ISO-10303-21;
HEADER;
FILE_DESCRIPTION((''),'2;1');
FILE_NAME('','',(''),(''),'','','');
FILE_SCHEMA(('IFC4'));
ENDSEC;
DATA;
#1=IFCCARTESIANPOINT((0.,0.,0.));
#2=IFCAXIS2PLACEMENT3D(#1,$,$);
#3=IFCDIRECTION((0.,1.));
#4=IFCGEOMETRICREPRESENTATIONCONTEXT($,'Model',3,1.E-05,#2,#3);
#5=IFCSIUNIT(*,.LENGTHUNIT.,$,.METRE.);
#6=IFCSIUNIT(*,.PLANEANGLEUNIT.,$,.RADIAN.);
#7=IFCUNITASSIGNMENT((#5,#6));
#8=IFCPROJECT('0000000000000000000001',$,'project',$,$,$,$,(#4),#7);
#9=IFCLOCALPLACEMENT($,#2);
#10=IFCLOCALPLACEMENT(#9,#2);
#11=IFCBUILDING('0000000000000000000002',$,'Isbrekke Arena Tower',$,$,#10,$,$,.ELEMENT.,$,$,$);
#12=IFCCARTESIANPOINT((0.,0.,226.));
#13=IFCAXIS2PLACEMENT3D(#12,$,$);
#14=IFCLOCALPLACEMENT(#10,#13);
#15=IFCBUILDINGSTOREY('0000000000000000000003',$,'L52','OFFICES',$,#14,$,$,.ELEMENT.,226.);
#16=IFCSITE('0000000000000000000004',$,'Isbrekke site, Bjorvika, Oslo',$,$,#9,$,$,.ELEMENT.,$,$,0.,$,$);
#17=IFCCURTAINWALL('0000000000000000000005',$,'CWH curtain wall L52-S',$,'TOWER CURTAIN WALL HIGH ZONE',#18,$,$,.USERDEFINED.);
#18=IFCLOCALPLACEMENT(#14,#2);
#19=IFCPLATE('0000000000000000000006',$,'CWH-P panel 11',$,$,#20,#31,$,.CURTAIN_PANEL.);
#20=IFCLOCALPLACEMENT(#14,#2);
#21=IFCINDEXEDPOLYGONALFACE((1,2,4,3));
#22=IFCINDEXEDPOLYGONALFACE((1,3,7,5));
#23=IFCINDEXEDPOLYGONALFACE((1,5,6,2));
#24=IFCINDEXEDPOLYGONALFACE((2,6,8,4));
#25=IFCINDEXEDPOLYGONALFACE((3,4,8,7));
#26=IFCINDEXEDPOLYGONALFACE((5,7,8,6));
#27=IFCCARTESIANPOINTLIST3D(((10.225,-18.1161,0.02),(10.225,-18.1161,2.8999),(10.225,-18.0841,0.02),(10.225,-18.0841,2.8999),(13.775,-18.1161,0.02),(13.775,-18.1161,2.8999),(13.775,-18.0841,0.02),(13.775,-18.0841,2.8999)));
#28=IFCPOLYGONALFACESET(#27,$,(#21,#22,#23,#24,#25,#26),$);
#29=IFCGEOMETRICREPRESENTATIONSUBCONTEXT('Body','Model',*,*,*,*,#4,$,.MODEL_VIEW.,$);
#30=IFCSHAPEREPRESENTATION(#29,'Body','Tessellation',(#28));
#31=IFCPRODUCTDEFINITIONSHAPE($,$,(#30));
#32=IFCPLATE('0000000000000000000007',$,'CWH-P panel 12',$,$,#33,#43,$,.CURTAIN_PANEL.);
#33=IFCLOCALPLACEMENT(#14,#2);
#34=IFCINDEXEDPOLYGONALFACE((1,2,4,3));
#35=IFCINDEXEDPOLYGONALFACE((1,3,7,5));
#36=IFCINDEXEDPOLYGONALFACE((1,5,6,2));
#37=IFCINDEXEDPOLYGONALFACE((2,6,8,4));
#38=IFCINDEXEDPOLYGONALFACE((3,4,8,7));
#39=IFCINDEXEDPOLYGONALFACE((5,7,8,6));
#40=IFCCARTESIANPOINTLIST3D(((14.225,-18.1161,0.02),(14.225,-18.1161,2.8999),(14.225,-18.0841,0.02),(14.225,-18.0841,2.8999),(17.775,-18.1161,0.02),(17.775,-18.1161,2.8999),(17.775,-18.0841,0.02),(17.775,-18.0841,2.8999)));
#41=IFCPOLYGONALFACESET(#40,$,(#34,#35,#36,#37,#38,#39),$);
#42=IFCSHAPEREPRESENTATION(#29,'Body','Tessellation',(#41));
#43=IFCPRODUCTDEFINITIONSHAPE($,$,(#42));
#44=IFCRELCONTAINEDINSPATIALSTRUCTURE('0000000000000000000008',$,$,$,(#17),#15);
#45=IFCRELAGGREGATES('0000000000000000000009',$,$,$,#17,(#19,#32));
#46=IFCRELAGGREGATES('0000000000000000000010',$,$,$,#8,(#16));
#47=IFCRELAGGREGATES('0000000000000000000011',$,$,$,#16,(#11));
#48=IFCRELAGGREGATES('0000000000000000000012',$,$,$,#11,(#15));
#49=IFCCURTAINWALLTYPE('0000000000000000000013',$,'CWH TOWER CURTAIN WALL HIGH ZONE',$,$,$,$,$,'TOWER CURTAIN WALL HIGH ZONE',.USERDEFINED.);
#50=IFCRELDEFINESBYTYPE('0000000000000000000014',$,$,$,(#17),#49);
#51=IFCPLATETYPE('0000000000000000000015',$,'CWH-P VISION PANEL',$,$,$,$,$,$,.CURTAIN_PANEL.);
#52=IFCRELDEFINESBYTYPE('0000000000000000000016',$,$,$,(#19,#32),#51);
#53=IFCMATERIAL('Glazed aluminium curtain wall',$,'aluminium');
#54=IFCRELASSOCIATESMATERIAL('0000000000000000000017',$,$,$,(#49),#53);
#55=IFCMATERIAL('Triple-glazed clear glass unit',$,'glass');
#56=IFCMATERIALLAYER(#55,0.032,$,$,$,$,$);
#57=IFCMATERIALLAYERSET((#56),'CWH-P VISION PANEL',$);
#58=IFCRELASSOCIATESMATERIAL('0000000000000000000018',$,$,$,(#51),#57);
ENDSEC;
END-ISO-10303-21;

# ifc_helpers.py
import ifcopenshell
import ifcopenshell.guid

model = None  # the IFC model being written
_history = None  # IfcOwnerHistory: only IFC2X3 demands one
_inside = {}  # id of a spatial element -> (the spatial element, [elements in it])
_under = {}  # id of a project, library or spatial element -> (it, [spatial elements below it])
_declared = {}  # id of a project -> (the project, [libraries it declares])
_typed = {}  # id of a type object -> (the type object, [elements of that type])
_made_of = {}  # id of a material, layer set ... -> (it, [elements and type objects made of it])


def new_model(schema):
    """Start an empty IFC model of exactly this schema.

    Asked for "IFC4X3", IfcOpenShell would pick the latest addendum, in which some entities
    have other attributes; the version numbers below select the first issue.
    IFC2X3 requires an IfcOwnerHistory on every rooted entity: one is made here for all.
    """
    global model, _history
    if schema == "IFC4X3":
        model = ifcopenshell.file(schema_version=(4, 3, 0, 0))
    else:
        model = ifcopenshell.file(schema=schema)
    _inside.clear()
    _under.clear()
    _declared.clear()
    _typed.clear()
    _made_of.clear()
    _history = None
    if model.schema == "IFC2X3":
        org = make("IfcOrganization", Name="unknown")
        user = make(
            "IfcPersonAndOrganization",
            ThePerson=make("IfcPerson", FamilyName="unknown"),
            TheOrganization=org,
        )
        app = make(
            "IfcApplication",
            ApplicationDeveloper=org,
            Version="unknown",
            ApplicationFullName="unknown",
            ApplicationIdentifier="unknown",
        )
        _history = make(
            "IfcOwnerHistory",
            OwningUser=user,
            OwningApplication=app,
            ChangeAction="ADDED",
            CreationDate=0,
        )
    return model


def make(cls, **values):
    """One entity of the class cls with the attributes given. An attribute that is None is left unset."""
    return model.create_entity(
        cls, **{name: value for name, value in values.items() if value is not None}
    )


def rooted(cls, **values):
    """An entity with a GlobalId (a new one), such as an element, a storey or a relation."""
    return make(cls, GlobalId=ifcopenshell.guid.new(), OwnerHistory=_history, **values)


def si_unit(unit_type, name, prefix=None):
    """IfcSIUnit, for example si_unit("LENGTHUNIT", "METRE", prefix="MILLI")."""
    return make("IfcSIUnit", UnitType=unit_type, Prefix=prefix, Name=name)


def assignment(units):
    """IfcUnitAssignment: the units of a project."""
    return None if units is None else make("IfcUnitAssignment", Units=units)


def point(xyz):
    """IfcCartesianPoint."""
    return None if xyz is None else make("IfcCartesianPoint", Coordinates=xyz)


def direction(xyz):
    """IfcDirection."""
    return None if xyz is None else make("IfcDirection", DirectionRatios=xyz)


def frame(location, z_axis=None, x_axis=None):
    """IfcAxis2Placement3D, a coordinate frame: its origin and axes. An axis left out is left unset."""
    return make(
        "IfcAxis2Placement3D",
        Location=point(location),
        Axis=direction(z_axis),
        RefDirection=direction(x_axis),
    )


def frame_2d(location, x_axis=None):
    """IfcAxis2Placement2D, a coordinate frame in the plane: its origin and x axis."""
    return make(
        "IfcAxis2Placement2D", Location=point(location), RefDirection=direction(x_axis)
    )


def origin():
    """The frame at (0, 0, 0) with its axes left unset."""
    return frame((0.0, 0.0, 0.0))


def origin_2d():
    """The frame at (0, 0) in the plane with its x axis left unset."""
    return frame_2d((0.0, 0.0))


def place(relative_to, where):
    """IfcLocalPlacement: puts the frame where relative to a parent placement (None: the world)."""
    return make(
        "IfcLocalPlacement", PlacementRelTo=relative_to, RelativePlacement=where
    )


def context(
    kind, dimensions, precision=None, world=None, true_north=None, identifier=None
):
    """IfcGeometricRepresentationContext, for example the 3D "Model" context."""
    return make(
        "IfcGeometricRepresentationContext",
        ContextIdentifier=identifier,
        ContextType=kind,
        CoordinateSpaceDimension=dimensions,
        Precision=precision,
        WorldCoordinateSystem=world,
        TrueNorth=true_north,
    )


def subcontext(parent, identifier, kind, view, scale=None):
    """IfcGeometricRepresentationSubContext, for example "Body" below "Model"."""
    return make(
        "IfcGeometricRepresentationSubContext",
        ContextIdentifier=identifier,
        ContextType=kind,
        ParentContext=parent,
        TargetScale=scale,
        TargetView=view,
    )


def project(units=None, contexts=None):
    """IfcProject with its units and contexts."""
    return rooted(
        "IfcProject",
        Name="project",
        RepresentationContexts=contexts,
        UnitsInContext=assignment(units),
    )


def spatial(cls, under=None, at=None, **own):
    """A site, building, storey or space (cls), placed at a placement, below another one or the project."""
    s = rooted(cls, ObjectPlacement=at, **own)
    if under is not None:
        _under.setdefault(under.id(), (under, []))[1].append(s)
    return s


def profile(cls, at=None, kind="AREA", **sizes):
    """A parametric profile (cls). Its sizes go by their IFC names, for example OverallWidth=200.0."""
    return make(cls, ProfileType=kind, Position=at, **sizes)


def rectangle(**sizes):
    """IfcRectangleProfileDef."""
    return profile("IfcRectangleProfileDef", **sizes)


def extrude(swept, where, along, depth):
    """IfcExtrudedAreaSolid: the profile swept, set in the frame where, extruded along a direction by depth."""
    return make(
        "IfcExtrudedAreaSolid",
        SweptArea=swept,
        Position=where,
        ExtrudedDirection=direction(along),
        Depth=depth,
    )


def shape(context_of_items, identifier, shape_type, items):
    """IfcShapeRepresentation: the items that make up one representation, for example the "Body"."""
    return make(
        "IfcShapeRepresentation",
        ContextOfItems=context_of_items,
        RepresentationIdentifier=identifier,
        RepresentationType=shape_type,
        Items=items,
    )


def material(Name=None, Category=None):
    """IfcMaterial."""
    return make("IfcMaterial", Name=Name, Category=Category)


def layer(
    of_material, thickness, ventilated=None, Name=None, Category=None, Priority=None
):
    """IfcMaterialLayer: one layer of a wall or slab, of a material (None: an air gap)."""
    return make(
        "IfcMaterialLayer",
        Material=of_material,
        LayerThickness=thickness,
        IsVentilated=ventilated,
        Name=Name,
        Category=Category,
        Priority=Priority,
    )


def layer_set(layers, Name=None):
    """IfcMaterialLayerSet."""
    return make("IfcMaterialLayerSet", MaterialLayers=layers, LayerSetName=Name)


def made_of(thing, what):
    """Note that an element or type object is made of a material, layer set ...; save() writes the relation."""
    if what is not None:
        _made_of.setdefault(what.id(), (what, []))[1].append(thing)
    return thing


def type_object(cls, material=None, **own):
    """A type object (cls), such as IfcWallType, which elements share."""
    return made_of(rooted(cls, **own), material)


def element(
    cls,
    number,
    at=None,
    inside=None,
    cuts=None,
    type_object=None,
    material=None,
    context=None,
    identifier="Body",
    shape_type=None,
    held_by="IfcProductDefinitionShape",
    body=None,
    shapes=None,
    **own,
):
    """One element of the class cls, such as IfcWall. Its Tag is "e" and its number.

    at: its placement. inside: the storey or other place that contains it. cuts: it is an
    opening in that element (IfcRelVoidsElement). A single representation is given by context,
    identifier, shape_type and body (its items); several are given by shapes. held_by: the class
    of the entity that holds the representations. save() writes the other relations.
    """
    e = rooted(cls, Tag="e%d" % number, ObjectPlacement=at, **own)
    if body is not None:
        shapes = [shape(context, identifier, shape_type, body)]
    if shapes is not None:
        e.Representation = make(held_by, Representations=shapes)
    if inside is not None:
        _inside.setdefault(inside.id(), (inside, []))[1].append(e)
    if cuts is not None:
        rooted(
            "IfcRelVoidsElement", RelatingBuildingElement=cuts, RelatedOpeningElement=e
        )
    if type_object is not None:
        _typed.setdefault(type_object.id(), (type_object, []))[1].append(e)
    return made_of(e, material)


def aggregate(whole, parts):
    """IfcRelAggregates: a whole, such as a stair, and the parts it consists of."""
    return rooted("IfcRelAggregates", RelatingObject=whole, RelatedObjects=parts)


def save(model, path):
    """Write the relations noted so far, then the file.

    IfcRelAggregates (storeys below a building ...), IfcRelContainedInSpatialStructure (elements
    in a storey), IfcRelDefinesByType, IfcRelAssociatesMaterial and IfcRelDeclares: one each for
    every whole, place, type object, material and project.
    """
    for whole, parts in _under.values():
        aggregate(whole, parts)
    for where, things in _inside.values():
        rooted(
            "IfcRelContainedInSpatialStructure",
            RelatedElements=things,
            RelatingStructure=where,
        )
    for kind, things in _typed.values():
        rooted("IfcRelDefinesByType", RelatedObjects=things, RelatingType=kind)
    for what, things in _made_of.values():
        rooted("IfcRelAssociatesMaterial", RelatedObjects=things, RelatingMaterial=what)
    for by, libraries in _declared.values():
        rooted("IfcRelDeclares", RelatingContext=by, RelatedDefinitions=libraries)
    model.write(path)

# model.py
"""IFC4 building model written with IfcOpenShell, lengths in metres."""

from ifc_helpers import new_model, si_unit, direction, frame, origin, origin_2d, place, context, subcontext, project, spatial, rectangle, extrude, material, layer, layer_set, type_object, element, aggregate, save


model = new_model("IFC4")

# Units and contexts
model_context = context("Model", 3, precision=1e-05, world=origin(), true_north=direction((0.0, 1.0)))
body_context = subcontext(model_context, "Body", "Model", "MODEL_VIEW")
ifc_project = project(units=[si_unit("LENGTHUNIT", "METRE"), si_unit("PLANEANGLEUNIT", "RADIAN")], contexts=[model_context])

# Site, building, storey
site_placement = place(None, origin())
site = spatial("IfcSite", under=ifc_project, at=site_placement, Name="Isbrekke site, Bjorvika, Oslo", CompositionType="ELEMENT", RefElevation=0.0)
building_placement = place(site_placement, origin())
building = spatial("IfcBuilding", under=site, at=building_placement, Name="Isbrekke Arena Tower", CompositionType="ELEMENT")
storey_placement = place(building_placement, frame((0.0, 0.0, 226.0)))
storey = spatial("IfcBuildingStorey", under=building, at=storey_placement, Name="L52", Description="OFFICES", CompositionType="ELEMENT", Elevation=226.0)

# Curtain wall
ifc_material_1 = material(Name="Glazed aluminium curtain wall", Category="aluminium")
curtain_wall_type = type_object("IfcCurtainWallType", Name="CWH TOWER CURTAIN WALL HIGH ZONE", ElementType="TOWER CURTAIN WALL HIGH ZONE", PredefinedType="USERDEFINED", material=ifc_material_1)
curtain_wall_placement = place(storey_placement, origin())
curtain_wall = element("IfcCurtainWall", 1, at=curtain_wall_placement, inside=storey, type_object=curtain_wall_type, Name="CWH curtain wall L52-S", ObjectType="TOWER CURTAIN WALL HIGH ZONE", PredefinedType="USERDEFINED")

# Plates
ifc_material_2 = material(Name="Triple-glazed clear glass unit", Category="glass")
ifc_layer = layer(ifc_material_2, 0.032)
ifc_layer_set = layer_set([ifc_layer], Name="CWH-P VISION PANEL")
plate_type = type_object("IfcPlateType", Name="CWH-P VISION PANEL", PredefinedType="CURTAIN_PANEL", material=ifc_layer_set)
plate_1_placement = place(storey_placement, frame((12.0, -18.1001, 0.02), z_axis=(0.0, 0.0, 1.0), x_axis=(1.0, 0.0, 0.0)))
plate_1 = element("IfcPlate", 2, at=plate_1_placement, type_object=plate_type, Name="CWH-P panel 11", PredefinedType="CURTAIN_PANEL", context=body_context, shape_type="SweptSolid", body=[
    extrude(rectangle(XDim=3.55, YDim=0.032, at=origin_2d()), origin(), (0.0, 0.0, 1.0), 2.8799),
])
plate_2_placement = place(storey_placement, frame((16.0, -18.1001, 0.02), z_axis=(0.0, 0.0, 1.0), x_axis=(1.0, 0.0, 0.0)))
plate_2 = element("IfcPlate", 3, at=plate_2_placement, type_object=plate_type, Name="CWH-P panel 12", PredefinedType="CURTAIN_PANEL", context=body_context, shape_type="SweptSolid", body=[
    extrude(rectangle(XDim=3.55, YDim=0.032, at=origin_2d()), origin(), (0.0, 0.0, 1.0), 2.8799),
])
aggregate(curtain_wall, [plate_1, plate_2])

save(model, "model.ifc")
